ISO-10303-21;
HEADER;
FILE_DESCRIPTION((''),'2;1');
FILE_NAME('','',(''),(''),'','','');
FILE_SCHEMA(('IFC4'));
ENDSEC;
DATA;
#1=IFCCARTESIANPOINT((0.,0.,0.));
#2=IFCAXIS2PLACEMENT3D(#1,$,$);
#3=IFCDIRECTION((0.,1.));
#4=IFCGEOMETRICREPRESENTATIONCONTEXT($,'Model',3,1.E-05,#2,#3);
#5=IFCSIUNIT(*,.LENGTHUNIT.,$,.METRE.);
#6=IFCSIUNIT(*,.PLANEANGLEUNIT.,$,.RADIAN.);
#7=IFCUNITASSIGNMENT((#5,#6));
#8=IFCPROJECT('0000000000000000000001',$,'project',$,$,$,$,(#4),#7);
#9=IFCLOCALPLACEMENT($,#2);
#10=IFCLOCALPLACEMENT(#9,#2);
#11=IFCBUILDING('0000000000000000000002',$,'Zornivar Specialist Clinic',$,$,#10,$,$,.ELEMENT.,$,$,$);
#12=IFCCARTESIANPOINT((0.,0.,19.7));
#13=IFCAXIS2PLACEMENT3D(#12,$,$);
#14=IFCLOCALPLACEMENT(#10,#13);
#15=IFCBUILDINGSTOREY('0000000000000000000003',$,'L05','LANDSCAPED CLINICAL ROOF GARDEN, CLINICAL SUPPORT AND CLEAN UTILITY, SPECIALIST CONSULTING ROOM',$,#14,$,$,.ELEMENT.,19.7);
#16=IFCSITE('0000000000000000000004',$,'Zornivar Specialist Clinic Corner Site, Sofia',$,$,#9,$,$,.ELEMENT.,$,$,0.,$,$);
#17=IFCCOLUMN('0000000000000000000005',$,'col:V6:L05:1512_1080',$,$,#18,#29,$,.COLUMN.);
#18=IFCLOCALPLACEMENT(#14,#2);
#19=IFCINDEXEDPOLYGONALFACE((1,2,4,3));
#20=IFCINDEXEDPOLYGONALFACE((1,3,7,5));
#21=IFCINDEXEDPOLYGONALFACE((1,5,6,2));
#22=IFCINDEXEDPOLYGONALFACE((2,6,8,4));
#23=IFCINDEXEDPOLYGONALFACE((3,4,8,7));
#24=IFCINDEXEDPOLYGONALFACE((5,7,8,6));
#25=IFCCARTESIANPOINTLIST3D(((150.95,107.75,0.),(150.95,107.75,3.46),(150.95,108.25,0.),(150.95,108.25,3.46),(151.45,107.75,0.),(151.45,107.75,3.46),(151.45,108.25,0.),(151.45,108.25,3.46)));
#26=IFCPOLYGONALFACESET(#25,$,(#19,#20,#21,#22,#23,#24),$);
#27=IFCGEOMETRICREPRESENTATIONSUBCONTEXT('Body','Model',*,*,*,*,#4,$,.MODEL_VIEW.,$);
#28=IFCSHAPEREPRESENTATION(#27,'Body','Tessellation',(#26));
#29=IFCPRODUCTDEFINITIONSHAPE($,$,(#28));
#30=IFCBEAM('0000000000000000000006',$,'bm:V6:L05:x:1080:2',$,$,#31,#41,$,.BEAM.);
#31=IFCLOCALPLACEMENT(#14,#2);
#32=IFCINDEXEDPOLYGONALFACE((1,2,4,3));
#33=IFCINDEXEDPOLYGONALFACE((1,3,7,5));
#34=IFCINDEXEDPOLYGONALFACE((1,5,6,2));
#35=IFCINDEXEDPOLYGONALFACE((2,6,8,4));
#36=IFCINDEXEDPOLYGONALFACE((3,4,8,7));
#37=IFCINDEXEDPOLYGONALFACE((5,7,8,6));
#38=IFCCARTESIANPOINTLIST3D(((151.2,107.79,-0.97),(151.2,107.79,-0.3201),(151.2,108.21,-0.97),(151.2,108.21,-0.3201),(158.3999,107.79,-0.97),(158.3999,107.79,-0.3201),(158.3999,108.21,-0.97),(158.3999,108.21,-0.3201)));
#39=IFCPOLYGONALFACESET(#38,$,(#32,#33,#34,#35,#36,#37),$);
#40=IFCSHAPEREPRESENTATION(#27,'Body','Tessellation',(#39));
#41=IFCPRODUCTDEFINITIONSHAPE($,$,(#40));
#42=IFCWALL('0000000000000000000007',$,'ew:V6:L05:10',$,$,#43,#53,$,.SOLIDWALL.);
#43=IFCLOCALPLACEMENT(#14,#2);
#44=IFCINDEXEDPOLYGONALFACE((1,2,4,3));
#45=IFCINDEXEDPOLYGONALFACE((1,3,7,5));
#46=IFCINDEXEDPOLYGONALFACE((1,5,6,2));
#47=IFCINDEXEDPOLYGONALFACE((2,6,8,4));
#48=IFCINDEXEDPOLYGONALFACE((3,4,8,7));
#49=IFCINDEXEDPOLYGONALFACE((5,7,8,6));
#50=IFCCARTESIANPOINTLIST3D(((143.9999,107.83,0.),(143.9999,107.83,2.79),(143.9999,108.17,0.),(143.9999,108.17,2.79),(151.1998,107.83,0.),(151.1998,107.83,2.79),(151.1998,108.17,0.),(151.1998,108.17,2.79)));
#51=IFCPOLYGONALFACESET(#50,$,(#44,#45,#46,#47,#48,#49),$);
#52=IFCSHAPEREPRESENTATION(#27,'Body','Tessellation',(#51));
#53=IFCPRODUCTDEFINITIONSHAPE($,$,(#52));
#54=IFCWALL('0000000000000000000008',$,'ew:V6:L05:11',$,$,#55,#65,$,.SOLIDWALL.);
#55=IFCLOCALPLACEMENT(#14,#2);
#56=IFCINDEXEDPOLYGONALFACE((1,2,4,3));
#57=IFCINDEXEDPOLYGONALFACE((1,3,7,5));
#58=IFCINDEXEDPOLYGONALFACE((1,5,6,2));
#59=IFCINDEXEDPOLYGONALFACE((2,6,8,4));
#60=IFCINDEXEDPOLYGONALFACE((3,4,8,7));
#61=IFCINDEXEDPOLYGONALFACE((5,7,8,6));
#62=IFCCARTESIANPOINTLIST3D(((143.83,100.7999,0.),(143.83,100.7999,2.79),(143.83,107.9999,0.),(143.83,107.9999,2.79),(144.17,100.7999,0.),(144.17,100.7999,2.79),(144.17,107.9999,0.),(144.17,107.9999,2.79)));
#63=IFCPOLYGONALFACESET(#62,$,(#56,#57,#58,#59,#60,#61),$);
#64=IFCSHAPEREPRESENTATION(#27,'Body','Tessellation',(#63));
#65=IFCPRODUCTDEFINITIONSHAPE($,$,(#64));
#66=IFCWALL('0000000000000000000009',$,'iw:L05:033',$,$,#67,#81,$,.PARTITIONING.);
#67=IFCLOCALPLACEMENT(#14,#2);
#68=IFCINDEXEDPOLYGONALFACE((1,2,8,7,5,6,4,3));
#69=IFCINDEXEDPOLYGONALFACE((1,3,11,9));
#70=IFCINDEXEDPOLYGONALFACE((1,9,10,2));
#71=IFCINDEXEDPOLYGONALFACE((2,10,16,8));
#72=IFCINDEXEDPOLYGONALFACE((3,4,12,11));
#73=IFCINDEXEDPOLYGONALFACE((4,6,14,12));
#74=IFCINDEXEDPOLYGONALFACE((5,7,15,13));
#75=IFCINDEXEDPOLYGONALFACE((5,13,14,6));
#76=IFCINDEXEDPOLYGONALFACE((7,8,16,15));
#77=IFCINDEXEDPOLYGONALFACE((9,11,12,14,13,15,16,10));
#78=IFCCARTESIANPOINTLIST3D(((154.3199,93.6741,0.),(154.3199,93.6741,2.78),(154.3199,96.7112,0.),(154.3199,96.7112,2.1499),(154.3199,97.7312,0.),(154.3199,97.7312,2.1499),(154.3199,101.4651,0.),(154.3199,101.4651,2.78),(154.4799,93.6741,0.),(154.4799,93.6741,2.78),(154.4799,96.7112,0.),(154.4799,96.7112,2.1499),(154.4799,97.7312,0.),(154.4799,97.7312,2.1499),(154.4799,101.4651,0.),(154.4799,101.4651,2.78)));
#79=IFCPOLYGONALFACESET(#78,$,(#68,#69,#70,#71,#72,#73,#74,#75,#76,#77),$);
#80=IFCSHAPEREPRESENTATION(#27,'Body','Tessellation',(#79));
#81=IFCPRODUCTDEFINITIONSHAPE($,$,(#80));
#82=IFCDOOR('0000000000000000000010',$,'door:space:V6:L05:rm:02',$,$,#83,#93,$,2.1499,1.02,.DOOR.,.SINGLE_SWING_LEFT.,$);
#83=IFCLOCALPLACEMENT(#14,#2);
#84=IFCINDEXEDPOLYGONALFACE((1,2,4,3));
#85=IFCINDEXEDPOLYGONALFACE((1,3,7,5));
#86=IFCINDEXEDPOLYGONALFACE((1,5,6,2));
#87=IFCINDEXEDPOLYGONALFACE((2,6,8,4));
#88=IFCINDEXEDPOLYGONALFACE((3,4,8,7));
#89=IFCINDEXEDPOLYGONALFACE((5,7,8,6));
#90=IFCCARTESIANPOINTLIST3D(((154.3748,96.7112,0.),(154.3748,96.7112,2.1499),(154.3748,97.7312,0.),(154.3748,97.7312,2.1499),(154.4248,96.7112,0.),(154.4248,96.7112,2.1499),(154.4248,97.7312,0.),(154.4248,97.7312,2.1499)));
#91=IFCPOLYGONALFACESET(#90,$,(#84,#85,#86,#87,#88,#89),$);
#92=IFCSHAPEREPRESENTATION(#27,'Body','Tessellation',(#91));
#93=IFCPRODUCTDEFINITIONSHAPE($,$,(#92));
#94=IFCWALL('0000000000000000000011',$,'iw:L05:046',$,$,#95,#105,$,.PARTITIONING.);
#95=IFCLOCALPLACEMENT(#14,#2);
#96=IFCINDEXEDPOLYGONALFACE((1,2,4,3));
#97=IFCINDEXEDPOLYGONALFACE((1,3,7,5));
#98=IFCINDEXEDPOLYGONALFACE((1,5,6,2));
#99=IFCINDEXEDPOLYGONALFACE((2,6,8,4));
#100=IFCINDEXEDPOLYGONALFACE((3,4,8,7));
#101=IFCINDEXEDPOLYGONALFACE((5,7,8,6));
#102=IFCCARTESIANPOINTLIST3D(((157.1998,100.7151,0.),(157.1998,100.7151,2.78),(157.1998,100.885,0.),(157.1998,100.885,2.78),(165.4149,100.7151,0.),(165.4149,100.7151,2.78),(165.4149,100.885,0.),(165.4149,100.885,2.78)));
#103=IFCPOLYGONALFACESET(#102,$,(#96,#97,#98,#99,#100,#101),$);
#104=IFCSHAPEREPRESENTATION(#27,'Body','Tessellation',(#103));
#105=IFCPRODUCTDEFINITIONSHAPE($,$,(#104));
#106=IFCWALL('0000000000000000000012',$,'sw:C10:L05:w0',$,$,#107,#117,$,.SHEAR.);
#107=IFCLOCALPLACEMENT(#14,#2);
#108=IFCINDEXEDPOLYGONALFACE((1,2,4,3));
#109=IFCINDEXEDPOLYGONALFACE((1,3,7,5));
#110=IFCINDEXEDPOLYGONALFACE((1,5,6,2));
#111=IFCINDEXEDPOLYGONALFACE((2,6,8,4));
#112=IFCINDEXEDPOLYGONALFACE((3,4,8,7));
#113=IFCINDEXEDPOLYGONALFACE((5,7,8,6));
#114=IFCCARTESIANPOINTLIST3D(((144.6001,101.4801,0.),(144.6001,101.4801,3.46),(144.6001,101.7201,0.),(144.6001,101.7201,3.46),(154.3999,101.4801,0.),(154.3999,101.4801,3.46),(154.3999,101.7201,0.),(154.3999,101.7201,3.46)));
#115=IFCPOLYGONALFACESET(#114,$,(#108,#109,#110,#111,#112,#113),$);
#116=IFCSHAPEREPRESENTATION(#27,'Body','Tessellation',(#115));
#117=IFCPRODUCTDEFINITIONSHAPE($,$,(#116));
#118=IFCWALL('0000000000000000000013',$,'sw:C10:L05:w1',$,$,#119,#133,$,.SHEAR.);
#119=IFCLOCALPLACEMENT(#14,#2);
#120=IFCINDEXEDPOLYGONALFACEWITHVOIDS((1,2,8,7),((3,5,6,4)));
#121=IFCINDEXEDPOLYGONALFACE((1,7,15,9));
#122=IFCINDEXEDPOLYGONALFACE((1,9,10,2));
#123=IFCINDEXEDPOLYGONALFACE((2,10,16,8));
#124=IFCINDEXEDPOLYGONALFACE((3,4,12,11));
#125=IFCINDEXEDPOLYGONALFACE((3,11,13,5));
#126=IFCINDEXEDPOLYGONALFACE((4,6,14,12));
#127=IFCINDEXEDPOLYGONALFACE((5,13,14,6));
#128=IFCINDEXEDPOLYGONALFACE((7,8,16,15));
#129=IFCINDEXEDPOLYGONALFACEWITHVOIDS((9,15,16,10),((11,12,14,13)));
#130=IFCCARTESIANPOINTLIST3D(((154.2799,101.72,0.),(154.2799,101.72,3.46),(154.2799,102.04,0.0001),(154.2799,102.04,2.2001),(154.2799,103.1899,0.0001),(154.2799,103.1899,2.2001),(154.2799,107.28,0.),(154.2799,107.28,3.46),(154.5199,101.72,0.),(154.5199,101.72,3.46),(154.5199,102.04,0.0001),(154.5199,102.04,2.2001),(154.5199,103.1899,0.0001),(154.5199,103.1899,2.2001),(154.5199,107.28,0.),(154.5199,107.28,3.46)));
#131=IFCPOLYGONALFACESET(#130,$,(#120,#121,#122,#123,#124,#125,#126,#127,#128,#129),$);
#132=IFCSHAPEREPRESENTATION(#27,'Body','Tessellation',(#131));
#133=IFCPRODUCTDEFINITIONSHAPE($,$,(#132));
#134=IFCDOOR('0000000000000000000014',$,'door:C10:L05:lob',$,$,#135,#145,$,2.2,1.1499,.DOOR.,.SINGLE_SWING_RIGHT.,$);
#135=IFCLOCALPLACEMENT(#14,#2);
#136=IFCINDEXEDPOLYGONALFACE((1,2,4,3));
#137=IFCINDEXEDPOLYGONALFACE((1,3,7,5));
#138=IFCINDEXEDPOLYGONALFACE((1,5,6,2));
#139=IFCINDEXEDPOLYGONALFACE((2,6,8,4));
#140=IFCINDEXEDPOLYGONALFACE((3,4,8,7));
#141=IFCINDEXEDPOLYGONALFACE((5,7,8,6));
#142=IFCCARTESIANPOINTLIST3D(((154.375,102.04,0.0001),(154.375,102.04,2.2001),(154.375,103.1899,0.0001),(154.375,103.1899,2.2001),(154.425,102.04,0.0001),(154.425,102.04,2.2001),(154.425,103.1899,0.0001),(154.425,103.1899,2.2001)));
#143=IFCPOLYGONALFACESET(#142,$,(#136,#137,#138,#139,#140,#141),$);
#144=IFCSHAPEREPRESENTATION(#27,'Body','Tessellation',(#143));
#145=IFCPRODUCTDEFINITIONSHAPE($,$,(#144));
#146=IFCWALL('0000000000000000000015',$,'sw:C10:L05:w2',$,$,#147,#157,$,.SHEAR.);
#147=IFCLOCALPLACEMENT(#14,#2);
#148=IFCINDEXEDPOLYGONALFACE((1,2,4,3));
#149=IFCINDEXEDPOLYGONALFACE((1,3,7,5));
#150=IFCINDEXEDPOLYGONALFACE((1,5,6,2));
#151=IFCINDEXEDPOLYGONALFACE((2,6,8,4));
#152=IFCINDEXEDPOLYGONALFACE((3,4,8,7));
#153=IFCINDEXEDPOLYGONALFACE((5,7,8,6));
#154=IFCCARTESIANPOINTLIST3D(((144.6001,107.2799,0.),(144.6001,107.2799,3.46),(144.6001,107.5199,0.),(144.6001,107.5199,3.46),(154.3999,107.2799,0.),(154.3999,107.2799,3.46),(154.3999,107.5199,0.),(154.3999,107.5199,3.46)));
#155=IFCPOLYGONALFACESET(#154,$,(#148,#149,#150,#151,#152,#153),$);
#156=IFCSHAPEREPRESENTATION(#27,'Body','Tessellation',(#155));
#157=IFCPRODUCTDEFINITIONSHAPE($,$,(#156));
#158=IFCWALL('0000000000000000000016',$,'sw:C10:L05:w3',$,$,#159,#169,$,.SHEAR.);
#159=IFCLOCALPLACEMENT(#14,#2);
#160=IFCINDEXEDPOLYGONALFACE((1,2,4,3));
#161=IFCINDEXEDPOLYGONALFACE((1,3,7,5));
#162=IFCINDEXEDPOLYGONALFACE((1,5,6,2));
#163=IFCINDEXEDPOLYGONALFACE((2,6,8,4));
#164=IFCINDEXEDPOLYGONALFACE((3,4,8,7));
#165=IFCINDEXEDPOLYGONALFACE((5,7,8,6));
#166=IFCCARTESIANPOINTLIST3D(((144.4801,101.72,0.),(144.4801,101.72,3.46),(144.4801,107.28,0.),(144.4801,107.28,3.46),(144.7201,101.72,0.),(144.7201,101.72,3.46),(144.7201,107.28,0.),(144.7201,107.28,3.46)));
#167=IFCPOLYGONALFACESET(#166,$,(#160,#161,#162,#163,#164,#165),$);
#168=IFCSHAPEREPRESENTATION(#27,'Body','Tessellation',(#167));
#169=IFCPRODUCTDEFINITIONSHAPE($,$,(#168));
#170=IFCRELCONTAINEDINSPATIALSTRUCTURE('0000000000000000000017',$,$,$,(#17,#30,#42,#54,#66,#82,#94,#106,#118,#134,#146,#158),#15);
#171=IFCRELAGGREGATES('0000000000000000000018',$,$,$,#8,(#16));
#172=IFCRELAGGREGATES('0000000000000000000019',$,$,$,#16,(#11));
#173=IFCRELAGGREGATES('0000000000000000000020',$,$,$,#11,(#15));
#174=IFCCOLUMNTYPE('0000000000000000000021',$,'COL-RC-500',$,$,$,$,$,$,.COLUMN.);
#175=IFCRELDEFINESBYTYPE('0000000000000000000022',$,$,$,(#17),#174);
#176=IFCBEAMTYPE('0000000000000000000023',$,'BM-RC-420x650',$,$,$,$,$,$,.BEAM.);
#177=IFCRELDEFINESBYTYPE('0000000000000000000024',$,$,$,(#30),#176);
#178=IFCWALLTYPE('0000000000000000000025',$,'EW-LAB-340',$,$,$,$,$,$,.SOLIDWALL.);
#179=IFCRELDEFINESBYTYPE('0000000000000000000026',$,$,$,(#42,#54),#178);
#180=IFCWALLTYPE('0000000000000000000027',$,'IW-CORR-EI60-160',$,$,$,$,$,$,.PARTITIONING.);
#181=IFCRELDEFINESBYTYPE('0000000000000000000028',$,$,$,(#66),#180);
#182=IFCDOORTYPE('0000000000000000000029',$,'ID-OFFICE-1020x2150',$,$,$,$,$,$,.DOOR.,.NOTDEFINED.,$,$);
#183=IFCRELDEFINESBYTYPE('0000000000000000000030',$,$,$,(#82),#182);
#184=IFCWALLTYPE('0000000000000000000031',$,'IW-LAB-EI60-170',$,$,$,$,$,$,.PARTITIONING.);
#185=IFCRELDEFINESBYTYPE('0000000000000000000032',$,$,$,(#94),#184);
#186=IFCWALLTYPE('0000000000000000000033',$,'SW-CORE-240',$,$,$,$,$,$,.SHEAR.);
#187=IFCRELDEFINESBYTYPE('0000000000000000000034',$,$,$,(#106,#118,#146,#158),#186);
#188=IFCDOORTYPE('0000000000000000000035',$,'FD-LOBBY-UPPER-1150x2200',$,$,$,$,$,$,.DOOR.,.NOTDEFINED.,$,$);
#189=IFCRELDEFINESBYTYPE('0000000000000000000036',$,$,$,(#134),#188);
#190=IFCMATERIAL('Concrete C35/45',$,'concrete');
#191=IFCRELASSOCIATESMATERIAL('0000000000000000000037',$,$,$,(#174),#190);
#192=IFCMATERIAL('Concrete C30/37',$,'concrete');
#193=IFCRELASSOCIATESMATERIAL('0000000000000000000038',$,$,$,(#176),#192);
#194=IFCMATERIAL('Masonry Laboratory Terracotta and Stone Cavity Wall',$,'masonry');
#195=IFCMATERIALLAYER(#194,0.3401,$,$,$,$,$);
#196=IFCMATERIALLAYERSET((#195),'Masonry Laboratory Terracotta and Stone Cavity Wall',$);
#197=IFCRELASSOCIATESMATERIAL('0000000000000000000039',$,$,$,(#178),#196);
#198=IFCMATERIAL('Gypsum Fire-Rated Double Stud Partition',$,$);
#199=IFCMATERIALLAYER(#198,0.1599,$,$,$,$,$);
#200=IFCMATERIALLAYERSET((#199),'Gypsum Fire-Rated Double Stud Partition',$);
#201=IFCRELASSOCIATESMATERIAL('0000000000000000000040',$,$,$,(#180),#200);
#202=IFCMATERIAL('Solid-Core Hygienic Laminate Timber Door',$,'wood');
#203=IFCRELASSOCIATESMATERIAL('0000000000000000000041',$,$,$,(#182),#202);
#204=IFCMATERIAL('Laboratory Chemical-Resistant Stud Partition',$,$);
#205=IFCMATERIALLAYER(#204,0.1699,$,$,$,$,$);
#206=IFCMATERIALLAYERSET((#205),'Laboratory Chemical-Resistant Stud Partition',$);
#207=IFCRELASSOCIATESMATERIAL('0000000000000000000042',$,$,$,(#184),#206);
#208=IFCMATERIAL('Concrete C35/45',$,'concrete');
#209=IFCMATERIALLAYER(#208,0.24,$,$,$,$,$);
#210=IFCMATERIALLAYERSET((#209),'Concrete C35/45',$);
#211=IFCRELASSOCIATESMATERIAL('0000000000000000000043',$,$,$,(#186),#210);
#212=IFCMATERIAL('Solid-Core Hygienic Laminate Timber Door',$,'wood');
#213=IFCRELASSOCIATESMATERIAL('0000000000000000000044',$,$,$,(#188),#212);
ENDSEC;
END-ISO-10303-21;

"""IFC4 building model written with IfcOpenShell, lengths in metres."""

from ifc_helpers import new_model, si_unit, direction, frame, frame_2d, origin, origin_2d, place, context, subcontext, project, spatial, rectangle, extrude, material, layer, layer_set, material_profile, profile_set, type_object, element, fill, save


model = new_model("IFC4")

# Units and contexts
model_context = context("Model", 3, precision=1e-05, world=origin(), true_north=direction((0.0, 1.0)))
body_context = subcontext(model_context, "Body", "Model", "MODEL_VIEW")
ifc_project = project(units=[si_unit("LENGTHUNIT", "METRE"), si_unit("PLANEANGLEUNIT", "RADIAN")], contexts=[model_context])

# Site, building, storey
site_placement = place(None, origin())
site = spatial("IfcSite", under=ifc_project, at=site_placement, Name="Zornivar Specialist Clinic Corner Site, Sofia", CompositionType="ELEMENT", RefElevation=0.0)
building_placement = place(site_placement, origin())
building = spatial("IfcBuilding", under=site, at=building_placement, Name="Zornivar Specialist Clinic", CompositionType="ELEMENT")
storey_placement = place(building_placement, frame((0.0, 0.0, 19.7)))
storey = spatial("IfcBuildingStorey", under=building, at=storey_placement, Name="L05", Description="LANDSCAPED CLINICAL ROOF GARDEN, CLINICAL SUPPORT AND CLEAN UTILITY, SPECIALIST CONSULTING ROOM", CompositionType="ELEMENT", Elevation=19.7)

# Column
ifc_material_1 = material(Name="Concrete C35/45", Category="concrete")
ifc_material_profile_1 = material_profile(ifc_material_1, rectangle(XDim=0.5, YDim=0.5, at=origin_2d()), Name="RC 500x500")
ifc_profile_set_1 = profile_set([ifc_material_profile_1], Name="Concrete C35/45")
column_type = type_object("IfcColumnType", Name="COL-RC-500", PredefinedType="COLUMN", material=ifc_profile_set_1)
column_placement = place(storey_placement, frame((151.2, 108.0, 0.0), z_axis=(0.0, 0.0, 1.0), x_axis=(1.0, 0.0, 0.0)))
element("IfcColumn", 1, at=column_placement, inside=storey, type_object=column_type, Name="col:V6:L05:1512_1080", PredefinedType="COLUMN", context=body_context, shape_type="SweptSolid", body=[
    extrude(rectangle(XDim=0.5, YDim=0.5, at=origin_2d()), origin(), (0.0, 0.0, 1.0), 3.46),
])

# Beam
ifc_material_2 = material(Name="Concrete C30/37", Category="concrete")
ifc_material_profile_2 = material_profile(ifc_material_2, rectangle(XDim=0.4199, YDim=0.6499, at=origin_2d()), Name="RC 420x650")
ifc_profile_set_2 = profile_set([ifc_material_profile_2], Name="Concrete C30/37")
beam_type = type_object("IfcBeamType", Name="BM-RC-420x650", PredefinedType="BEAM", material=ifc_profile_set_2)
beam_placement = place(storey_placement, frame((151.2, 108.0, -0.645), z_axis=(1.0, 0.0, 0.0), x_axis=(0.0, 1.0, 0.0)))
element("IfcBeam", 2, at=beam_placement, inside=storey, type_object=beam_type, Name="bm:V6:L05:x:1080:2", PredefinedType="BEAM", context=body_context, shape_type="SweptSolid", body=[
    extrude(rectangle(XDim=0.4199, YDim=0.6499, at=origin_2d()), origin(), (0.0, 0.0, 1.0), 7.2),
])

# Walls
ifc_material_3 = material(Name="Masonry Laboratory Terracotta and Stone Cavity Wall", Category="masonry")
ifc_layer_1 = layer(ifc_material_3, 0.3401)
ifc_layer_set_1 = layer_set([ifc_layer_1], Name="Masonry Laboratory Terracotta and Stone Cavity Wall")
wall_type_1 = type_object("IfcWallType", Name="EW-LAB-340", PredefinedType="SOLIDWALL", material=ifc_layer_set_1)
for number, where, z_axis, x_axis, name in (
    (3, (151.2, 108.0, 0.0), (0.0, 0.0, 1.0), (-1.0, 0.0, 0.0), "ew:V6:L05:10"),
    (4, (144.0, 108.0, 0.0), (0.0, 0.0, 1.0), (0.0, -1.0, 0.0), "ew:V6:L05:11"),
):
    element("IfcWall", number, at=place(storey_placement, frame(where, z_axis=z_axis, x_axis=x_axis)), inside=storey, type_object=wall_type_1, Name=name, PredefinedType="SOLIDWALL", context=body_context, shape_type="SweptSolid", body=[
        extrude(rectangle(XDim=7.2, YDim=0.3401, at=frame_2d((3.6001, 0.0))), origin(), (0.0, 0.0, 1.0), 2.79),
    ])

# Wall, opening, door
ifc_material_4 = material(Name="Gypsum Fire-Rated Double Stud Partition")
ifc_layer_2 = layer(ifc_material_4, 0.1599)
ifc_layer_set_2 = layer_set([ifc_layer_2], Name="Gypsum Fire-Rated Double Stud Partition")
wall_type_2 = type_object("IfcWallType", Name="IW-CORR-EI60-160", PredefinedType="PARTITIONING", material=ifc_layer_set_2)
wall_1_placement = place(storey_placement, frame((154.3999, 101.4651, 0.0), z_axis=(0.0, 0.0, 1.0), x_axis=(0.0, -1.0, 0.0)))
wall_1 = element("IfcWall", 5, at=wall_1_placement, inside=storey, type_object=wall_type_2, Name="iw:L05:033", PredefinedType="PARTITIONING", context=body_context, shape_type="SweptSolid", body=[
    extrude(rectangle(XDim=7.791, YDim=0.1599, at=frame_2d((3.8955, 0.0))), origin(), (0.0, 0.0, 1.0), 2.78),
])
opening_1_placement = place(wall_1_placement, frame((3.7339, 0.0, 0.0)))
opening_1 = element("IfcOpeningElement", 6, at=opening_1_placement, cuts=wall_1, PredefinedType="OPENING", context=body_context, shape_type="SweptSolid", body=[
    extrude(rectangle(XDim=1.02, YDim=2.1499, at=frame_2d((0.51, 1.075))), frame((0.0, 0.0898, 0.0), z_axis=(0.0, -1.0, 0.0), x_axis=(1.0, 0.0, 0.0)), (0.0, 0.0, 1.0), 0.1799),
])
ifc_material_5 = material(Name="Solid-Core Hygienic Laminate Timber Door", Category="wood")
door_type_1 = type_object("IfcDoorType", Name="ID-OFFICE-1020x2150", OperationType="NOTDEFINED", PredefinedType="DOOR", material=ifc_material_5)
door_1_placement = place(opening_1_placement, origin())
door_1 = element("IfcDoor", 7, at=door_1_placement, inside=storey, type_object=door_type_1, Name="door:space:V6:L05:rm:02", OperationType="SINGLE_SWING_LEFT", OverallHeight=2.1499, OverallWidth=1.02, PredefinedType="DOOR", context=body_context, shape_type="SweptSolid", body=[
    extrude(rectangle(XDim=1.02, YDim=2.1499, at=frame_2d((0.51, 1.075))), frame((0.0, 0.0249, 0.0), z_axis=(0.0, -1.0, 0.0), x_axis=(1.0, 0.0, 0.0)), (0.0, 0.0, 1.0), 0.05),
])
fill(opening_1, door_1)

# Walls
ifc_material_6 = material(Name="Laboratory Chemical-Resistant Stud Partition")
ifc_layer_3 = layer(ifc_material_6, 0.1699)
ifc_layer_set_3 = layer_set([ifc_layer_3], Name="Laboratory Chemical-Resistant Stud Partition")
wall_type_3 = type_object("IfcWallType", Name="IW-LAB-EI60-170", PredefinedType="PARTITIONING", material=ifc_layer_set_3)
wall_2_placement = place(storey_placement, frame((157.2, 100.8, 0.0), z_axis=(0.0, 0.0, 1.0), x_axis=(1.0, 0.0, 0.0)))
element("IfcWall", 8, at=wall_2_placement, inside=storey, type_object=wall_type_3, Name="iw:L05:046", PredefinedType="PARTITIONING", context=body_context, shape_type="SweptSolid", body=[
    extrude(rectangle(XDim=8.2151, YDim=0.1699, at=frame_2d((4.1074, 0.0))), origin(), (0.0, 0.0, 1.0), 2.78),
])
ifc_material_7 = material(Name="Concrete C35/45", Category="concrete")
ifc_layer_4 = layer(ifc_material_7, 0.24)
ifc_layer_set_4 = layer_set([ifc_layer_4], Name="Concrete C35/45")
wall_type_4 = type_object("IfcWallType", Name="SW-CORE-240", PredefinedType="SHEAR", material=ifc_layer_set_4)
wall_3_placement = place(storey_placement, frame((144.6001, 101.6001, 0.0), z_axis=(0.0, 0.0, 1.0), x_axis=(1.0, 0.0, 0.0)))
element("IfcWall", 9, at=wall_3_placement, inside=storey, type_object=wall_type_4, Name="sw:C10:L05:w0", PredefinedType="SHEAR", context=body_context, shape_type="SweptSolid", body=[
    extrude(rectangle(XDim=9.7998, YDim=0.24, at=frame_2d((4.8999, 0.0))), origin(), (0.0, 0.0, 1.0), 3.46),
])

# Wall, opening, door
wall_4_placement = place(storey_placement, frame((154.3999, 101.72, 0.0), z_axis=(0.0, 0.0, 1.0), x_axis=(0.0, 1.0, 0.0)))
wall_4 = element("IfcWall", 10, at=wall_4_placement, inside=storey, type_object=wall_type_4, Name="sw:C10:L05:w1", PredefinedType="SHEAR", context=body_context, shape_type="SweptSolid", body=[
    extrude(rectangle(XDim=5.5601, YDim=0.24, at=frame_2d((2.78, 0.0))), origin(), (0.0, 0.0, 1.0), 3.46),
])
opening_2_placement = place(wall_4_placement, frame((0.3201, 0.0, 0.0)))
opening_2 = element("IfcOpeningElement", 11, at=opening_2_placement, cuts=wall_4, PredefinedType="OPENING", context=body_context, shape_type="SweptSolid", body=[
    extrude(rectangle(XDim=1.1499, YDim=2.2, at=frame_2d((0.575, 1.1001))), frame((0.0, 0.1299, 0.0), z_axis=(0.0, -1.0, 0.0), x_axis=(1.0, 0.0, 0.0)), (0.0, 0.0, 1.0), 0.26),
])
ifc_material_8 = material(Name="Solid-Core Hygienic Laminate Timber Door", Category="wood")
door_type_2 = type_object("IfcDoorType", Name="FD-LOBBY-UPPER-1150x2200", OperationType="NOTDEFINED", PredefinedType="DOOR", material=ifc_material_8)
door_2_placement = place(opening_2_placement, origin())
door_2 = element("IfcDoor", 12, at=door_2_placement, inside=storey, type_object=door_type_2, Name="door:C10:L05:lob", OperationType="SINGLE_SWING_RIGHT", OverallHeight=2.2, OverallWidth=1.1499, PredefinedType="DOOR", context=body_context, shape_type="SweptSolid", body=[
    extrude(rectangle(XDim=1.1499, YDim=2.2, at=frame_2d((0.575, 1.1001))), frame((0.0, 0.0249, 0.0), z_axis=(0.0, -1.0, 0.0), x_axis=(1.0, 0.0, 0.0)), (0.0, 0.0, 1.0), 0.05),
])
fill(opening_2, door_2)

# Walls
wall_5_placement = place(storey_placement, frame((154.3999, 107.3999, 0.0), z_axis=(0.0, 0.0, 1.0), x_axis=(-1.0, 0.0, 0.0)))
element("IfcWall", 13, at=wall_5_placement, inside=storey, type_object=wall_type_4, Name="sw:C10:L05:w2", PredefinedType="SHEAR", context=body_context, shape_type="SweptSolid", body=[
    extrude(rectangle(XDim=9.7998, YDim=0.24, at=frame_2d((4.8999, 0.0))), origin(), (0.0, 0.0, 1.0), 3.46),
])
wall_6_placement = place(storey_placement, frame((144.6001, 107.28, 0.0), z_axis=(0.0, 0.0, 1.0), x_axis=(0.0, -1.0, 0.0)))
element("IfcWall", 14, at=wall_6_placement, inside=storey, type_object=wall_type_4, Name="sw:C10:L05:w3", PredefinedType="SHEAR", context=body_context, shape_type="SweptSolid", body=[
    extrude(rectangle(XDim=5.5601, YDim=0.24, at=frame_2d((2.78, 0.0))), origin(), (0.0, 0.0, 1.0), 3.46),
])

save(model, "model.ifc")
